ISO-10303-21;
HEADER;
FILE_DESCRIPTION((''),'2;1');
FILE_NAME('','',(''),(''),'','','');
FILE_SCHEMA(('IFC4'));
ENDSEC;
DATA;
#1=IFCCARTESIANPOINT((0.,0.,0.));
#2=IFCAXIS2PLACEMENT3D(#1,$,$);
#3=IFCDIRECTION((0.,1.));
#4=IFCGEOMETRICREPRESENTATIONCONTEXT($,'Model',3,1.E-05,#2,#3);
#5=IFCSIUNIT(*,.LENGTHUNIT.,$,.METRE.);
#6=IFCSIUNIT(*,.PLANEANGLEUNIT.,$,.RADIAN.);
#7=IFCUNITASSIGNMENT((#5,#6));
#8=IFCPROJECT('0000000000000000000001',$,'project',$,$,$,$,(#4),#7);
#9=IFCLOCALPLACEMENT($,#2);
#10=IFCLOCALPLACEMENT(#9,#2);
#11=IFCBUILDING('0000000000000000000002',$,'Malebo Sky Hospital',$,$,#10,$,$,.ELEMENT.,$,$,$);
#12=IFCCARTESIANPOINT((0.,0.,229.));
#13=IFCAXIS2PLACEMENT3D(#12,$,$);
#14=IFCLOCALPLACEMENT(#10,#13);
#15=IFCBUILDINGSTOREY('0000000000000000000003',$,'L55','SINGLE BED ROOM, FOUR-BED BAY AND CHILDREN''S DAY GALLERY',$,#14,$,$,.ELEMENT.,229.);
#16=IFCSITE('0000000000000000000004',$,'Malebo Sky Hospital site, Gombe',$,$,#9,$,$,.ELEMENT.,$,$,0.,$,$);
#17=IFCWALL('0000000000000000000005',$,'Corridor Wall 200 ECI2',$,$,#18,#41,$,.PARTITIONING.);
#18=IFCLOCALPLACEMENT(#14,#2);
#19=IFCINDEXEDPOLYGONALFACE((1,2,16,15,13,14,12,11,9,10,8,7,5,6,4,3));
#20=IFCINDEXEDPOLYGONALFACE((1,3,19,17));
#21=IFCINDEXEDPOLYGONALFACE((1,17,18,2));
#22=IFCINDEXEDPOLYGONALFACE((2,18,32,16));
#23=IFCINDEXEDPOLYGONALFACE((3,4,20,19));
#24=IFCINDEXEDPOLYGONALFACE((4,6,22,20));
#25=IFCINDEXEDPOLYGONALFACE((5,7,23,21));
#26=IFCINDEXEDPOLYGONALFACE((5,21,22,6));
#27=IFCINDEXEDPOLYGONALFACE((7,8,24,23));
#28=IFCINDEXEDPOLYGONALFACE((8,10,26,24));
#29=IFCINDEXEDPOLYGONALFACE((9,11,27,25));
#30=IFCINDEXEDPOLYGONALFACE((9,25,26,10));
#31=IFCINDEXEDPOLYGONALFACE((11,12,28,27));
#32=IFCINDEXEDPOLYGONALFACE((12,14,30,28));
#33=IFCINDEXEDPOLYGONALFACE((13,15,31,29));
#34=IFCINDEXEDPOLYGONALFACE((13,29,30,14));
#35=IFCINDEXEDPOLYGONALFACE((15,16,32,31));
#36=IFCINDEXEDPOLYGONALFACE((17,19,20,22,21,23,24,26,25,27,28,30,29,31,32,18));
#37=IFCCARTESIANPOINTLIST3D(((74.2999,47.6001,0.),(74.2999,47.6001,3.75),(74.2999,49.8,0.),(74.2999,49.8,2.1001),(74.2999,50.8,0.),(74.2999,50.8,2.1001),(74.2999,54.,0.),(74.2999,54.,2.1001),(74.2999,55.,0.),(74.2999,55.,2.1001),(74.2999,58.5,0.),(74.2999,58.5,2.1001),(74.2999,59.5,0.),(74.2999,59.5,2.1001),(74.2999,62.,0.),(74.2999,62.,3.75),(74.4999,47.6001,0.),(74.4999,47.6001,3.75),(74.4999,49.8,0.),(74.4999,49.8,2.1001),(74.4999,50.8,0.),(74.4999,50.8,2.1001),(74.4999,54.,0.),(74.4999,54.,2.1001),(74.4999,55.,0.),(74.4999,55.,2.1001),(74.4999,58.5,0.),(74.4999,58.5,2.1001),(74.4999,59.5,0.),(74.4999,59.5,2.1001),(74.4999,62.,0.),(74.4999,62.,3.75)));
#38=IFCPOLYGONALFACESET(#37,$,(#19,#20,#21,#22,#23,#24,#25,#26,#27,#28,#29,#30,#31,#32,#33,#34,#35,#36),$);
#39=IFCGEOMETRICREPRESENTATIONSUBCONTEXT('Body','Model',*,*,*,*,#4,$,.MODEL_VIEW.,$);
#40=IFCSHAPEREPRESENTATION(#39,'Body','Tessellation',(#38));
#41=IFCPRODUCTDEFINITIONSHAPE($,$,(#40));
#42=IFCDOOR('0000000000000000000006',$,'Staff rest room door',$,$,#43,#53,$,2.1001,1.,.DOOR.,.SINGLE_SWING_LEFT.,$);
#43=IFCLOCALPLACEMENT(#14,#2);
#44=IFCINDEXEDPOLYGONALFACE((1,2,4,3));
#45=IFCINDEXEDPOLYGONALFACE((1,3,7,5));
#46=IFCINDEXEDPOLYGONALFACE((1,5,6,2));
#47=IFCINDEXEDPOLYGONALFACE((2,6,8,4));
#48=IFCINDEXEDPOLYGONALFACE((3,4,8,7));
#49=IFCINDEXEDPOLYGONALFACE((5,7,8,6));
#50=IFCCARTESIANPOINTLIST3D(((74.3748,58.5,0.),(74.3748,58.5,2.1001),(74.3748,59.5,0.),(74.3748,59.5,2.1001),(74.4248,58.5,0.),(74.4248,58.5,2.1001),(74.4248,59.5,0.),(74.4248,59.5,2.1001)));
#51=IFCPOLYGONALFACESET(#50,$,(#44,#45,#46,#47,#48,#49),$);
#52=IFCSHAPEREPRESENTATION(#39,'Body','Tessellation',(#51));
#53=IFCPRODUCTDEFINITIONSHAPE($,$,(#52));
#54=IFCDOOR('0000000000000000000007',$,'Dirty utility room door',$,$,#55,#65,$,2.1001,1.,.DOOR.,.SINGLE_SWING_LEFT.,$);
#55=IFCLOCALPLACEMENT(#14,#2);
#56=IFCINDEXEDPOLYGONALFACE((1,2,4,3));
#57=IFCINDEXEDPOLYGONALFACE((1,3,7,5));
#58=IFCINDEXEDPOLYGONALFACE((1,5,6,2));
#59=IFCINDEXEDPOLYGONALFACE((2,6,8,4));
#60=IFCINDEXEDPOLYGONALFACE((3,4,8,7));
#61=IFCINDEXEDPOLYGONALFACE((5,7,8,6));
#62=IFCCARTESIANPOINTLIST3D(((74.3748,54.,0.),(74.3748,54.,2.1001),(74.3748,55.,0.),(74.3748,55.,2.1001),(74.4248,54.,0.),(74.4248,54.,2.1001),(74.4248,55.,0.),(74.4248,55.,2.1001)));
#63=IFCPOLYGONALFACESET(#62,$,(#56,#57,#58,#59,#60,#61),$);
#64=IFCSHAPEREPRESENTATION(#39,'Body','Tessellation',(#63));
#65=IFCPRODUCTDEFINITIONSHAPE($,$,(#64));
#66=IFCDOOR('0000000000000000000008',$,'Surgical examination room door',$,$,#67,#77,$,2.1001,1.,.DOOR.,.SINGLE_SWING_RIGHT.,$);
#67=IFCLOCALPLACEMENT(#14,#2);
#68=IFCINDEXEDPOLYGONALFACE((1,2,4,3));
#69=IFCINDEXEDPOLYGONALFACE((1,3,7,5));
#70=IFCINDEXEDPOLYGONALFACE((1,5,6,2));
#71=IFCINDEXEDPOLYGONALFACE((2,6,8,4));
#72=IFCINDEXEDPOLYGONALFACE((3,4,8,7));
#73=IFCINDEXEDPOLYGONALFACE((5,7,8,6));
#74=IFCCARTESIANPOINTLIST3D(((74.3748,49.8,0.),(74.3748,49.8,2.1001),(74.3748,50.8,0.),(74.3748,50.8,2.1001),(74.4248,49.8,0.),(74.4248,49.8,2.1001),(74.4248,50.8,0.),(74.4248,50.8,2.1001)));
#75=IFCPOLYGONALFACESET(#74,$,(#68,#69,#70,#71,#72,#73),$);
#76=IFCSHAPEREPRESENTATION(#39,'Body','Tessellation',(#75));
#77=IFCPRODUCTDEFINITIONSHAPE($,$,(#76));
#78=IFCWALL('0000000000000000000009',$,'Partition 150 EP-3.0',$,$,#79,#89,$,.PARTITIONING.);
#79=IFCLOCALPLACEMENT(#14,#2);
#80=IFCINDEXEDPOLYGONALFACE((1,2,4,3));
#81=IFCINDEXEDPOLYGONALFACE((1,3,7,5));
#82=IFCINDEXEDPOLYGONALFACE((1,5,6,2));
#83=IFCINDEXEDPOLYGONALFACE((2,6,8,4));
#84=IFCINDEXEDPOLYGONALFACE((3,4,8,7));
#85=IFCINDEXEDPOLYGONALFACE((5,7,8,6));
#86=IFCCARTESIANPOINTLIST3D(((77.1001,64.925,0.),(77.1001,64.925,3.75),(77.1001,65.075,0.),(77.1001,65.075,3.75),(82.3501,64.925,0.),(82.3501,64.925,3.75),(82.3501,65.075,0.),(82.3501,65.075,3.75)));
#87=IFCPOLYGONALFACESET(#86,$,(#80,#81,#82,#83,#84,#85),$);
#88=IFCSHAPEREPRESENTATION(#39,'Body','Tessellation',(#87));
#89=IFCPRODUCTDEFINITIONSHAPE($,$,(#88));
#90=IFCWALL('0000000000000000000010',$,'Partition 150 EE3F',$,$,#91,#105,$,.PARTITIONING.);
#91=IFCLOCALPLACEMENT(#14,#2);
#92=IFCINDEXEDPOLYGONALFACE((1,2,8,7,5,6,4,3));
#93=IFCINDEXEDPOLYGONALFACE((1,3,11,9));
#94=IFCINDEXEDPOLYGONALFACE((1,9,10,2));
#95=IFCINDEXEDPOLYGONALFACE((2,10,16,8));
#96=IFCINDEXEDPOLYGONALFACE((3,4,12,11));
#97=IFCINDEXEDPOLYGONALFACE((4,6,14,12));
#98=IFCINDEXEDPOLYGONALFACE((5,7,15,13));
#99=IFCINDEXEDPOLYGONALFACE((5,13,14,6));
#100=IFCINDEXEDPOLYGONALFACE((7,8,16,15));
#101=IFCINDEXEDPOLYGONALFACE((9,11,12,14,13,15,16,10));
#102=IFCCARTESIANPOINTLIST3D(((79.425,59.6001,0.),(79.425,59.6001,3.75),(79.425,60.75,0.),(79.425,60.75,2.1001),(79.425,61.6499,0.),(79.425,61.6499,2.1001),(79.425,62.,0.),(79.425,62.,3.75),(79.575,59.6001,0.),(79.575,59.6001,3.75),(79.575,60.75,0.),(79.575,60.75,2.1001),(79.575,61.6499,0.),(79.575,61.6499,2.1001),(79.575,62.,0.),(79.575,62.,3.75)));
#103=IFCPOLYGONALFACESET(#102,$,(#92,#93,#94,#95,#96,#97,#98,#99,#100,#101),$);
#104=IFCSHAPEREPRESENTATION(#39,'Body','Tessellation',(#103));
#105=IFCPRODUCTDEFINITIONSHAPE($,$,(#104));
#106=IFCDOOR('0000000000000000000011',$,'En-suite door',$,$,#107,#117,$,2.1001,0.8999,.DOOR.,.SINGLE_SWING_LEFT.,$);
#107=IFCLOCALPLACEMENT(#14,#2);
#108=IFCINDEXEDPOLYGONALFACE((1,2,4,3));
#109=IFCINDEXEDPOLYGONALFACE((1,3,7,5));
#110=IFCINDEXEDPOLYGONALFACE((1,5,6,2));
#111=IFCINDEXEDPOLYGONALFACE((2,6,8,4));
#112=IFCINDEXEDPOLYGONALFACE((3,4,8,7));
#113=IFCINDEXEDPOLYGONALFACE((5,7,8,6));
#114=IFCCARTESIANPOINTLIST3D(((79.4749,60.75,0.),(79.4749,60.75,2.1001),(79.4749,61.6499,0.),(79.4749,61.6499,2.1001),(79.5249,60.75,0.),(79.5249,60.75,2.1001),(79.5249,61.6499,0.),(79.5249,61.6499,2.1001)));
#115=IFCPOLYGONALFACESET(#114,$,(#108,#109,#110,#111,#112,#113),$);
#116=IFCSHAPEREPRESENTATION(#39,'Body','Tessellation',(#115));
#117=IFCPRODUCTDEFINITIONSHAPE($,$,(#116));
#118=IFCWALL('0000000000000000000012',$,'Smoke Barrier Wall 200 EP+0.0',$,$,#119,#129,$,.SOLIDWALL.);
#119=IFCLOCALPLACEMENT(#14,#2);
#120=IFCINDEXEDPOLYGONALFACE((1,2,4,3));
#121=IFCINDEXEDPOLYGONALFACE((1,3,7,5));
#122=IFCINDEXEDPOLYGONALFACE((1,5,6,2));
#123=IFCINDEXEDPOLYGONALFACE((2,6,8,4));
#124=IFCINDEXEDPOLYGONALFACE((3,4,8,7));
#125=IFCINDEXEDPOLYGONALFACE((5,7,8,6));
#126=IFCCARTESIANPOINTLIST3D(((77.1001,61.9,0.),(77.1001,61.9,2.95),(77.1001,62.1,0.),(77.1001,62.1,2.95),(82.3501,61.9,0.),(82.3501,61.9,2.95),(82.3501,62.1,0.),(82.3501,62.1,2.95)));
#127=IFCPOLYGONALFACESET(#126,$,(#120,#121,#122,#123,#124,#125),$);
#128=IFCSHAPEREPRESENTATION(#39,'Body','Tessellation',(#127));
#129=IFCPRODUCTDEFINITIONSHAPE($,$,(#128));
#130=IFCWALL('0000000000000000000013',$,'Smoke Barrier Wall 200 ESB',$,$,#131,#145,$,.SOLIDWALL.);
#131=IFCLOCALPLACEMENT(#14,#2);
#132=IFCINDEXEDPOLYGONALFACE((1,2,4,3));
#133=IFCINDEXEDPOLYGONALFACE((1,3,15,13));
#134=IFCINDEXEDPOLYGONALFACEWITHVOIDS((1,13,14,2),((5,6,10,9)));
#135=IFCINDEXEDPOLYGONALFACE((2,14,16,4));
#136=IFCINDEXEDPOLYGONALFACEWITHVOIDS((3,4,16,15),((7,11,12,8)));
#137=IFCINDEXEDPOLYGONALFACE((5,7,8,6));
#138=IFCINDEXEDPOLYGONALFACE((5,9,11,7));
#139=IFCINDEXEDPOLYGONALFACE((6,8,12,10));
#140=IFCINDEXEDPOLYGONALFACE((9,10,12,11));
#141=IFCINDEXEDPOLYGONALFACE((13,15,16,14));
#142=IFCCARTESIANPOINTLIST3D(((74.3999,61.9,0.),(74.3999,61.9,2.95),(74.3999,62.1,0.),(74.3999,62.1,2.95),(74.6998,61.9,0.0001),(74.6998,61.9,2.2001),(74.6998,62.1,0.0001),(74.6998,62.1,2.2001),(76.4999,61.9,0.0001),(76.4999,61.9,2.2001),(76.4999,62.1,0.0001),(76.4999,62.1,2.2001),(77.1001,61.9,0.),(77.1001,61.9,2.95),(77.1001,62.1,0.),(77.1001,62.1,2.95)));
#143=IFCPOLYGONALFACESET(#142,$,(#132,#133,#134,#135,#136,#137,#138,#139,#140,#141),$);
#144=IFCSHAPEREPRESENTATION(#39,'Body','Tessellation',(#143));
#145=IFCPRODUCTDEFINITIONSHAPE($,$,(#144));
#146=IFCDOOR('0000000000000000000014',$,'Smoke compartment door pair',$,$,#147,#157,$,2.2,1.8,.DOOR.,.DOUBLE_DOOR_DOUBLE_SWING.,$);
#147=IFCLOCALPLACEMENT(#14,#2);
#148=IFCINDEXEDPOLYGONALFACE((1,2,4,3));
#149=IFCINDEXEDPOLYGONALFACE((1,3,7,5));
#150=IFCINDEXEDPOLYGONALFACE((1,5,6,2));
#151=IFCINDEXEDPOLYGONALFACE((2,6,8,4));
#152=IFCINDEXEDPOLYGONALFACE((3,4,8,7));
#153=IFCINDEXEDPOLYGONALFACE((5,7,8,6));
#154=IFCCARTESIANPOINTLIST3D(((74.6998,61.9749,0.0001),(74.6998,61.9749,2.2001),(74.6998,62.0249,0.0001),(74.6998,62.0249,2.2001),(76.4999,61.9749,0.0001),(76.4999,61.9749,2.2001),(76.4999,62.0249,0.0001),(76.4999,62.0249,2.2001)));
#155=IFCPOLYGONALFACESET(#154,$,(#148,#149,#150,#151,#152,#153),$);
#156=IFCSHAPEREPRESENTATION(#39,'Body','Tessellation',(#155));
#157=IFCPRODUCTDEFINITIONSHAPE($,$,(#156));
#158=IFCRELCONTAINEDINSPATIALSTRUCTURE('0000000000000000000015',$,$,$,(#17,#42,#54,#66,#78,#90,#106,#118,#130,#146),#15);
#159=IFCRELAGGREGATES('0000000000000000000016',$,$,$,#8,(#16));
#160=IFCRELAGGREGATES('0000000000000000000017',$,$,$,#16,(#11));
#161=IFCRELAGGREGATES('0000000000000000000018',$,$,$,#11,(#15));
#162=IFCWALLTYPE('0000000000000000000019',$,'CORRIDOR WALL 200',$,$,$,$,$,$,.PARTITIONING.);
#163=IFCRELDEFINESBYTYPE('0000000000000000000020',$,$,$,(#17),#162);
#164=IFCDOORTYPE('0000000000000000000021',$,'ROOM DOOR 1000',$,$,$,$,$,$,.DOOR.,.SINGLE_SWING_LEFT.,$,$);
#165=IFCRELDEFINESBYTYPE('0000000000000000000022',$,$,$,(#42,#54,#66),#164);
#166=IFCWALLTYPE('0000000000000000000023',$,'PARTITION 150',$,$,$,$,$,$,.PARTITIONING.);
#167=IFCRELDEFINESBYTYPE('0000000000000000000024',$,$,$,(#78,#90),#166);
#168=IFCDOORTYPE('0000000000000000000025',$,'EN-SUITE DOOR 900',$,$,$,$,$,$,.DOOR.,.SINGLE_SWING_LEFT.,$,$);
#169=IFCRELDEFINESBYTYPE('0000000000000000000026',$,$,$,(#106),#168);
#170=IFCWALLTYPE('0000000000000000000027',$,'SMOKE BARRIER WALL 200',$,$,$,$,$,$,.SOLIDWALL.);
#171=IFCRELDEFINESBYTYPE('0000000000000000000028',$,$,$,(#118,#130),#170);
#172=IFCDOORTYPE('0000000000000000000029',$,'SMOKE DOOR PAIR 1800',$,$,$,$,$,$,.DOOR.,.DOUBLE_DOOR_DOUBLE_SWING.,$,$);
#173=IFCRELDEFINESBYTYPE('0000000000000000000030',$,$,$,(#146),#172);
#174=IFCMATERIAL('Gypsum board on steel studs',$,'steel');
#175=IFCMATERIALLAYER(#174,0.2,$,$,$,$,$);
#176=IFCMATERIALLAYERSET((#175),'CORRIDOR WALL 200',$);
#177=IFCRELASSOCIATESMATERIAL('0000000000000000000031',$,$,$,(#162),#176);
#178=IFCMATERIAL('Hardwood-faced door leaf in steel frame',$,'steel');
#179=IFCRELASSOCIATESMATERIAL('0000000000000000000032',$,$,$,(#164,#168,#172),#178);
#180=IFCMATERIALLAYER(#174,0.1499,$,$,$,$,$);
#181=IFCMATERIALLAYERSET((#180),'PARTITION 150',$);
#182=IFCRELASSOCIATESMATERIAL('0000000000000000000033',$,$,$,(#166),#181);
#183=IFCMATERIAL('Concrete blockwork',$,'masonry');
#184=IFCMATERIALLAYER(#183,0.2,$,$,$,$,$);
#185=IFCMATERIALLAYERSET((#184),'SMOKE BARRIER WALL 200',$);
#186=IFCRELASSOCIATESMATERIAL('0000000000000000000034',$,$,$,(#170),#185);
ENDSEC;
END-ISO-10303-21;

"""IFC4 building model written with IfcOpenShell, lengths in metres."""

from ifc_helpers import new_model, si_unit, direction, frame, frame_2d, origin, place, context, subcontext, project, spatial, rectangle, extrude, material, layer, layer_set, type_object, element, fill, save


model = new_model("IFC4")

# Units and contexts
model_context = context("Model", 3, precision=1e-05, world=origin(), true_north=direction((0.0, 1.0)))
body_context = subcontext(model_context, "Body", "Model", "MODEL_VIEW")
ifc_project = project(units=[si_unit("LENGTHUNIT", "METRE"), si_unit("PLANEANGLEUNIT", "RADIAN")], contexts=[model_context])

# Site, building, storey
site_placement = place(None, origin())
site = spatial("IfcSite", under=ifc_project, at=site_placement, Name="Malebo Sky Hospital site, Gombe", CompositionType="ELEMENT", RefElevation=0.0)
building_placement = place(site_placement, origin())
building = spatial("IfcBuilding", under=site, at=building_placement, Name="Malebo Sky Hospital", CompositionType="ELEMENT")
storey_placement = place(building_placement, frame((0.0, 0.0, 229.0)))
storey = spatial("IfcBuildingStorey", under=building, at=storey_placement, Name="L55", Description="SINGLE BED ROOM, FOUR-BED BAY AND CHILDREN'S DAY GALLERY", CompositionType="ELEMENT", Elevation=229.0)

# Wall, openings, doors
ifc_material_1 = material(Name="Gypsum board on steel studs", Category="steel")
ifc_layer_1 = layer(ifc_material_1, 0.2)
ifc_layer_set_1 = layer_set([ifc_layer_1], Name="CORRIDOR WALL 200")
wall_type_1 = type_object("IfcWallType", Name="CORRIDOR WALL 200", PredefinedType="PARTITIONING", material=ifc_layer_set_1)
wall_1_placement = place(storey_placement, frame((74.3999, 62.0, 0.0), z_axis=(0.0, 0.0, 1.0), x_axis=(0.0, -1.0, 0.0)))
wall_1 = element("IfcWall", 1, at=wall_1_placement, inside=storey, type_object=wall_type_1, Name="Corridor Wall 200 ECI2", PredefinedType="PARTITIONING", context=body_context, shape_type="SweptSolid", body=[
    extrude(rectangle(XDim=14.3999, YDim=0.2, at=frame_2d((7.2, 0.0))), origin(), (0.0, 0.0, 1.0), 3.75),
])
opening_1_placement = place(wall_1_placement, frame((2.5, 0.0, 0.0)))
opening_1 = element("IfcOpeningElement", 2, at=opening_1_placement, cuts=wall_1, PredefinedType="OPENING", context=body_context, shape_type="SweptSolid", body=[
    extrude(rectangle(XDim=1.0, YDim=2.1001, at=frame_2d((0.5, 1.05))), frame((0.0, 0.1099, 0.0), z_axis=(0.0, -1.0, 0.0), x_axis=(1.0, 0.0, 0.0)), (0.0, 0.0, 1.0), 0.22),
])
opening_2_placement = place(wall_1_placement, frame((7.0, 0.0, 0.0)))
opening_2 = element("IfcOpeningElement", 3, at=opening_2_placement, cuts=wall_1, PredefinedType="OPENING", context=body_context, shape_type="SweptSolid", body=[
    extrude(rectangle(XDim=1.0, YDim=2.1001, at=frame_2d((0.5, 1.05))), frame((0.0, 0.1099, 0.0), z_axis=(0.0, -1.0, 0.0), x_axis=(1.0, 0.0, 0.0)), (0.0, 0.0, 1.0), 0.22),
])
opening_3_placement = place(wall_1_placement, frame((11.2, 0.0, 0.0)))
opening_3 = element("IfcOpeningElement", 4, at=opening_3_placement, cuts=wall_1, PredefinedType="OPENING", context=body_context, shape_type="SweptSolid", body=[
    extrude(rectangle(XDim=1.0, YDim=2.1001, at=frame_2d((0.5, 1.05))), frame((0.0, 0.1099, 0.0), z_axis=(0.0, -1.0, 0.0), x_axis=(1.0, 0.0, 0.0)), (0.0, 0.0, 1.0), 0.22),
])
ifc_material_2 = material(Name="Hardwood-faced door leaf in steel frame", Category="steel")
door_type_1 = type_object("IfcDoorType", Name="ROOM DOOR 1000", OperationType="SINGLE_SWING_LEFT", PredefinedType="DOOR", material=ifc_material_2)
door_1_placement = place(opening_1_placement, origin())
door_1 = element("IfcDoor", 5, at=door_1_placement, inside=storey, type_object=door_type_1, Name="Staff rest room door", OperationType="SINGLE_SWING_LEFT", OverallHeight=2.1001, OverallWidth=1.0, PredefinedType="DOOR", context=body_context, shape_type="SweptSolid", body=[
    extrude(rectangle(XDim=1.0, YDim=2.1001, at=frame_2d((0.5, 1.05))), frame((0.0, 0.0249, 0.0), z_axis=(0.0, -1.0, 0.0), x_axis=(1.0, 0.0, 0.0)), (0.0, 0.0, 1.0), 0.05),
])
fill(opening_1, door_1)
door_2_placement = place(opening_2_placement, origin())
door_2 = element("IfcDoor", 6, at=door_2_placement, inside=storey, type_object=door_type_1, Name="Dirty utility room door", OperationType="SINGLE_SWING_LEFT", OverallHeight=2.1001, OverallWidth=1.0, PredefinedType="DOOR", context=body_context, shape_type="SweptSolid", body=[
    extrude(rectangle(XDim=1.0, YDim=2.1001, at=frame_2d((0.5, 1.05))), frame((0.0, 0.0249, 0.0), z_axis=(0.0, -1.0, 0.0), x_axis=(1.0, 0.0, 0.0)), (0.0, 0.0, 1.0), 0.05),
])
fill(opening_2, door_2)
door_3_placement = place(opening_3_placement, origin())
door_3 = element("IfcDoor", 7, at=door_3_placement, inside=storey, type_object=door_type_1, Name="Surgical examination room door", OperationType="SINGLE_SWING_RIGHT", OverallHeight=2.1001, OverallWidth=1.0, PredefinedType="DOOR", context=body_context, shape_type="SweptSolid", body=[
    extrude(rectangle(XDim=1.0, YDim=2.1001, at=frame_2d((0.5, 1.05))), frame((0.0, 0.0249, 0.0), z_axis=(0.0, -1.0, 0.0), x_axis=(1.0, 0.0, 0.0)), (0.0, 0.0, 1.0), 0.05),
])
fill(opening_3, door_3)

# Wall
ifc_layer_2 = layer(ifc_material_1, 0.1499)
ifc_layer_set_2 = layer_set([ifc_layer_2], Name="PARTITION 150")
wall_type_2 = type_object("IfcWallType", Name="PARTITION 150", PredefinedType="PARTITIONING", material=ifc_layer_set_2)
wall_2_placement = place(storey_placement, frame((77.1001, 65.0, 0.0), z_axis=(0.0, 0.0, 1.0), x_axis=(1.0, 0.0, 0.0)))
element("IfcWall", 8, at=wall_2_placement, inside=storey, type_object=wall_type_2, Name="Partition 150 EP-3.0", PredefinedType="PARTITIONING", context=body_context, shape_type="SweptSolid", body=[
    extrude(rectangle(XDim=5.25, YDim=0.1499, at=frame_2d((2.625, 0.0))), origin(), (0.0, 0.0, 1.0), 3.75),
])

# Wall, opening, door
wall_3_placement = place(storey_placement, frame((79.5, 62.0, 0.0), z_axis=(0.0, 0.0, 1.0), x_axis=(0.0, -1.0, 0.0)))
wall_3 = element("IfcWall", 9, at=wall_3_placement, inside=storey, type_object=wall_type_2, Name="Partition 150 EE3F", PredefinedType="PARTITIONING", context=body_context, shape_type="SweptSolid", body=[
    extrude(rectangle(XDim=2.3999, YDim=0.1499, at=frame_2d((1.2, 0.0))), origin(), (0.0, 0.0, 1.0), 3.75),
])
opening_4_placement = place(wall_3_placement, frame((0.3501, 0.0, 0.0)))
opening_4 = element("IfcOpeningElement", 10, at=opening_4_placement, cuts=wall_3, PredefinedType="OPENING", context=body_context, shape_type="SweptSolid", body=[
    extrude(rectangle(XDim=0.8999, YDim=2.1001, at=frame_2d((0.45, 1.05))), frame((0.0, 0.085, 0.0), z_axis=(0.0, -1.0, 0.0), x_axis=(1.0, 0.0, 0.0)), (0.0, 0.0, 1.0), 0.1699),
])
door_type_2 = type_object("IfcDoorType", Name="EN-SUITE DOOR 900", OperationType="SINGLE_SWING_LEFT", PredefinedType="DOOR", material=ifc_material_2)
door_4_placement = place(opening_4_placement, origin())
door_4 = element("IfcDoor", 11, at=door_4_placement, inside=storey, type_object=door_type_2, Name="En-suite door", OperationType="SINGLE_SWING_LEFT", OverallHeight=2.1001, OverallWidth=0.8999, PredefinedType="DOOR", context=body_context, shape_type="SweptSolid", body=[
    extrude(rectangle(XDim=0.8999, YDim=2.1001, at=frame_2d((0.45, 1.05))), frame((0.0, 0.0249, 0.0), z_axis=(0.0, -1.0, 0.0), x_axis=(1.0, 0.0, 0.0)), (0.0, 0.0, 1.0), 0.05),
])
fill(opening_4, door_4)

# Wall
ifc_material_3 = material(Name="Concrete blockwork", Category="masonry")
ifc_layer_3 = layer(ifc_material_3, 0.2)
ifc_layer_set_3 = layer_set([ifc_layer_3], Name="SMOKE BARRIER WALL 200")
wall_type_3 = type_object("IfcWallType", Name="SMOKE BARRIER WALL 200", PredefinedType="SOLIDWALL", material=ifc_layer_set_3)
wall_4_placement = place(storey_placement, frame((77.1001, 62.0, 0.0), z_axis=(0.0, 0.0, 1.0), x_axis=(1.0, 0.0, 0.0)))
element("IfcWall", 12, at=wall_4_placement, inside=storey, type_object=wall_type_3, Name="Smoke Barrier Wall 200 EP+0.0", PredefinedType="SOLIDWALL", context=body_context, shape_type="SweptSolid", body=[
    extrude(rectangle(XDim=5.25, YDim=0.2, at=frame_2d((2.625, 0.0))), origin(), (0.0, 0.0, 1.0), 2.95),
])

# Wall, opening, door
wall_5_placement = place(storey_placement, frame((74.3999, 62.0, 0.0), z_axis=(0.0, 0.0, 1.0), x_axis=(1.0, 0.0, 0.0)))
wall_5 = element("IfcWall", 13, at=wall_5_placement, inside=storey, type_object=wall_type_3, Name="Smoke Barrier Wall 200 ESB", PredefinedType="SOLIDWALL", context=body_context, shape_type="SweptSolid", body=[
    extrude(rectangle(XDim=2.7002, YDim=0.2, at=frame_2d((1.3501, 0.0))), origin(), (0.0, 0.0, 1.0), 2.95),
])
opening_5_placement = place(wall_5_placement, frame((0.3, 0.0, 0.0)))
opening_5 = element("IfcOpeningElement", 14, at=opening_5_placement, cuts=wall_5, PredefinedType="OPENING", context=body_context, shape_type="SweptSolid", body=[
    extrude(rectangle(XDim=1.8, YDim=2.2, at=frame_2d((0.8999, 1.1001))), frame((0.0, 0.1099, 0.0), z_axis=(0.0, -1.0, 0.0), x_axis=(1.0, 0.0, 0.0)), (0.0, 0.0, 1.0), 0.22),
])
door_type_3 = type_object("IfcDoorType", Name="SMOKE DOOR PAIR 1800", OperationType="DOUBLE_DOOR_DOUBLE_SWING", PredefinedType="DOOR", material=ifc_material_2)
door_5_placement = place(opening_5_placement, origin())
door_5 = element("IfcDoor", 15, at=door_5_placement, inside=storey, type_object=door_type_3, Name="Smoke compartment door pair", OperationType="DOUBLE_DOOR_DOUBLE_SWING", OverallHeight=2.2, OverallWidth=1.8, PredefinedType="DOOR", context=body_context, shape_type="SweptSolid", body=[
    extrude(rectangle(XDim=1.8, YDim=2.2, at=frame_2d((0.8999, 1.1001))), frame((0.0, 0.0249, 0.0), z_axis=(0.0, -1.0, 0.0), x_axis=(1.0, 0.0, 0.0)), (0.0, 0.0, 1.0), 0.05),
])
fill(opening_5, door_5)

save(model, "model.ifc")
